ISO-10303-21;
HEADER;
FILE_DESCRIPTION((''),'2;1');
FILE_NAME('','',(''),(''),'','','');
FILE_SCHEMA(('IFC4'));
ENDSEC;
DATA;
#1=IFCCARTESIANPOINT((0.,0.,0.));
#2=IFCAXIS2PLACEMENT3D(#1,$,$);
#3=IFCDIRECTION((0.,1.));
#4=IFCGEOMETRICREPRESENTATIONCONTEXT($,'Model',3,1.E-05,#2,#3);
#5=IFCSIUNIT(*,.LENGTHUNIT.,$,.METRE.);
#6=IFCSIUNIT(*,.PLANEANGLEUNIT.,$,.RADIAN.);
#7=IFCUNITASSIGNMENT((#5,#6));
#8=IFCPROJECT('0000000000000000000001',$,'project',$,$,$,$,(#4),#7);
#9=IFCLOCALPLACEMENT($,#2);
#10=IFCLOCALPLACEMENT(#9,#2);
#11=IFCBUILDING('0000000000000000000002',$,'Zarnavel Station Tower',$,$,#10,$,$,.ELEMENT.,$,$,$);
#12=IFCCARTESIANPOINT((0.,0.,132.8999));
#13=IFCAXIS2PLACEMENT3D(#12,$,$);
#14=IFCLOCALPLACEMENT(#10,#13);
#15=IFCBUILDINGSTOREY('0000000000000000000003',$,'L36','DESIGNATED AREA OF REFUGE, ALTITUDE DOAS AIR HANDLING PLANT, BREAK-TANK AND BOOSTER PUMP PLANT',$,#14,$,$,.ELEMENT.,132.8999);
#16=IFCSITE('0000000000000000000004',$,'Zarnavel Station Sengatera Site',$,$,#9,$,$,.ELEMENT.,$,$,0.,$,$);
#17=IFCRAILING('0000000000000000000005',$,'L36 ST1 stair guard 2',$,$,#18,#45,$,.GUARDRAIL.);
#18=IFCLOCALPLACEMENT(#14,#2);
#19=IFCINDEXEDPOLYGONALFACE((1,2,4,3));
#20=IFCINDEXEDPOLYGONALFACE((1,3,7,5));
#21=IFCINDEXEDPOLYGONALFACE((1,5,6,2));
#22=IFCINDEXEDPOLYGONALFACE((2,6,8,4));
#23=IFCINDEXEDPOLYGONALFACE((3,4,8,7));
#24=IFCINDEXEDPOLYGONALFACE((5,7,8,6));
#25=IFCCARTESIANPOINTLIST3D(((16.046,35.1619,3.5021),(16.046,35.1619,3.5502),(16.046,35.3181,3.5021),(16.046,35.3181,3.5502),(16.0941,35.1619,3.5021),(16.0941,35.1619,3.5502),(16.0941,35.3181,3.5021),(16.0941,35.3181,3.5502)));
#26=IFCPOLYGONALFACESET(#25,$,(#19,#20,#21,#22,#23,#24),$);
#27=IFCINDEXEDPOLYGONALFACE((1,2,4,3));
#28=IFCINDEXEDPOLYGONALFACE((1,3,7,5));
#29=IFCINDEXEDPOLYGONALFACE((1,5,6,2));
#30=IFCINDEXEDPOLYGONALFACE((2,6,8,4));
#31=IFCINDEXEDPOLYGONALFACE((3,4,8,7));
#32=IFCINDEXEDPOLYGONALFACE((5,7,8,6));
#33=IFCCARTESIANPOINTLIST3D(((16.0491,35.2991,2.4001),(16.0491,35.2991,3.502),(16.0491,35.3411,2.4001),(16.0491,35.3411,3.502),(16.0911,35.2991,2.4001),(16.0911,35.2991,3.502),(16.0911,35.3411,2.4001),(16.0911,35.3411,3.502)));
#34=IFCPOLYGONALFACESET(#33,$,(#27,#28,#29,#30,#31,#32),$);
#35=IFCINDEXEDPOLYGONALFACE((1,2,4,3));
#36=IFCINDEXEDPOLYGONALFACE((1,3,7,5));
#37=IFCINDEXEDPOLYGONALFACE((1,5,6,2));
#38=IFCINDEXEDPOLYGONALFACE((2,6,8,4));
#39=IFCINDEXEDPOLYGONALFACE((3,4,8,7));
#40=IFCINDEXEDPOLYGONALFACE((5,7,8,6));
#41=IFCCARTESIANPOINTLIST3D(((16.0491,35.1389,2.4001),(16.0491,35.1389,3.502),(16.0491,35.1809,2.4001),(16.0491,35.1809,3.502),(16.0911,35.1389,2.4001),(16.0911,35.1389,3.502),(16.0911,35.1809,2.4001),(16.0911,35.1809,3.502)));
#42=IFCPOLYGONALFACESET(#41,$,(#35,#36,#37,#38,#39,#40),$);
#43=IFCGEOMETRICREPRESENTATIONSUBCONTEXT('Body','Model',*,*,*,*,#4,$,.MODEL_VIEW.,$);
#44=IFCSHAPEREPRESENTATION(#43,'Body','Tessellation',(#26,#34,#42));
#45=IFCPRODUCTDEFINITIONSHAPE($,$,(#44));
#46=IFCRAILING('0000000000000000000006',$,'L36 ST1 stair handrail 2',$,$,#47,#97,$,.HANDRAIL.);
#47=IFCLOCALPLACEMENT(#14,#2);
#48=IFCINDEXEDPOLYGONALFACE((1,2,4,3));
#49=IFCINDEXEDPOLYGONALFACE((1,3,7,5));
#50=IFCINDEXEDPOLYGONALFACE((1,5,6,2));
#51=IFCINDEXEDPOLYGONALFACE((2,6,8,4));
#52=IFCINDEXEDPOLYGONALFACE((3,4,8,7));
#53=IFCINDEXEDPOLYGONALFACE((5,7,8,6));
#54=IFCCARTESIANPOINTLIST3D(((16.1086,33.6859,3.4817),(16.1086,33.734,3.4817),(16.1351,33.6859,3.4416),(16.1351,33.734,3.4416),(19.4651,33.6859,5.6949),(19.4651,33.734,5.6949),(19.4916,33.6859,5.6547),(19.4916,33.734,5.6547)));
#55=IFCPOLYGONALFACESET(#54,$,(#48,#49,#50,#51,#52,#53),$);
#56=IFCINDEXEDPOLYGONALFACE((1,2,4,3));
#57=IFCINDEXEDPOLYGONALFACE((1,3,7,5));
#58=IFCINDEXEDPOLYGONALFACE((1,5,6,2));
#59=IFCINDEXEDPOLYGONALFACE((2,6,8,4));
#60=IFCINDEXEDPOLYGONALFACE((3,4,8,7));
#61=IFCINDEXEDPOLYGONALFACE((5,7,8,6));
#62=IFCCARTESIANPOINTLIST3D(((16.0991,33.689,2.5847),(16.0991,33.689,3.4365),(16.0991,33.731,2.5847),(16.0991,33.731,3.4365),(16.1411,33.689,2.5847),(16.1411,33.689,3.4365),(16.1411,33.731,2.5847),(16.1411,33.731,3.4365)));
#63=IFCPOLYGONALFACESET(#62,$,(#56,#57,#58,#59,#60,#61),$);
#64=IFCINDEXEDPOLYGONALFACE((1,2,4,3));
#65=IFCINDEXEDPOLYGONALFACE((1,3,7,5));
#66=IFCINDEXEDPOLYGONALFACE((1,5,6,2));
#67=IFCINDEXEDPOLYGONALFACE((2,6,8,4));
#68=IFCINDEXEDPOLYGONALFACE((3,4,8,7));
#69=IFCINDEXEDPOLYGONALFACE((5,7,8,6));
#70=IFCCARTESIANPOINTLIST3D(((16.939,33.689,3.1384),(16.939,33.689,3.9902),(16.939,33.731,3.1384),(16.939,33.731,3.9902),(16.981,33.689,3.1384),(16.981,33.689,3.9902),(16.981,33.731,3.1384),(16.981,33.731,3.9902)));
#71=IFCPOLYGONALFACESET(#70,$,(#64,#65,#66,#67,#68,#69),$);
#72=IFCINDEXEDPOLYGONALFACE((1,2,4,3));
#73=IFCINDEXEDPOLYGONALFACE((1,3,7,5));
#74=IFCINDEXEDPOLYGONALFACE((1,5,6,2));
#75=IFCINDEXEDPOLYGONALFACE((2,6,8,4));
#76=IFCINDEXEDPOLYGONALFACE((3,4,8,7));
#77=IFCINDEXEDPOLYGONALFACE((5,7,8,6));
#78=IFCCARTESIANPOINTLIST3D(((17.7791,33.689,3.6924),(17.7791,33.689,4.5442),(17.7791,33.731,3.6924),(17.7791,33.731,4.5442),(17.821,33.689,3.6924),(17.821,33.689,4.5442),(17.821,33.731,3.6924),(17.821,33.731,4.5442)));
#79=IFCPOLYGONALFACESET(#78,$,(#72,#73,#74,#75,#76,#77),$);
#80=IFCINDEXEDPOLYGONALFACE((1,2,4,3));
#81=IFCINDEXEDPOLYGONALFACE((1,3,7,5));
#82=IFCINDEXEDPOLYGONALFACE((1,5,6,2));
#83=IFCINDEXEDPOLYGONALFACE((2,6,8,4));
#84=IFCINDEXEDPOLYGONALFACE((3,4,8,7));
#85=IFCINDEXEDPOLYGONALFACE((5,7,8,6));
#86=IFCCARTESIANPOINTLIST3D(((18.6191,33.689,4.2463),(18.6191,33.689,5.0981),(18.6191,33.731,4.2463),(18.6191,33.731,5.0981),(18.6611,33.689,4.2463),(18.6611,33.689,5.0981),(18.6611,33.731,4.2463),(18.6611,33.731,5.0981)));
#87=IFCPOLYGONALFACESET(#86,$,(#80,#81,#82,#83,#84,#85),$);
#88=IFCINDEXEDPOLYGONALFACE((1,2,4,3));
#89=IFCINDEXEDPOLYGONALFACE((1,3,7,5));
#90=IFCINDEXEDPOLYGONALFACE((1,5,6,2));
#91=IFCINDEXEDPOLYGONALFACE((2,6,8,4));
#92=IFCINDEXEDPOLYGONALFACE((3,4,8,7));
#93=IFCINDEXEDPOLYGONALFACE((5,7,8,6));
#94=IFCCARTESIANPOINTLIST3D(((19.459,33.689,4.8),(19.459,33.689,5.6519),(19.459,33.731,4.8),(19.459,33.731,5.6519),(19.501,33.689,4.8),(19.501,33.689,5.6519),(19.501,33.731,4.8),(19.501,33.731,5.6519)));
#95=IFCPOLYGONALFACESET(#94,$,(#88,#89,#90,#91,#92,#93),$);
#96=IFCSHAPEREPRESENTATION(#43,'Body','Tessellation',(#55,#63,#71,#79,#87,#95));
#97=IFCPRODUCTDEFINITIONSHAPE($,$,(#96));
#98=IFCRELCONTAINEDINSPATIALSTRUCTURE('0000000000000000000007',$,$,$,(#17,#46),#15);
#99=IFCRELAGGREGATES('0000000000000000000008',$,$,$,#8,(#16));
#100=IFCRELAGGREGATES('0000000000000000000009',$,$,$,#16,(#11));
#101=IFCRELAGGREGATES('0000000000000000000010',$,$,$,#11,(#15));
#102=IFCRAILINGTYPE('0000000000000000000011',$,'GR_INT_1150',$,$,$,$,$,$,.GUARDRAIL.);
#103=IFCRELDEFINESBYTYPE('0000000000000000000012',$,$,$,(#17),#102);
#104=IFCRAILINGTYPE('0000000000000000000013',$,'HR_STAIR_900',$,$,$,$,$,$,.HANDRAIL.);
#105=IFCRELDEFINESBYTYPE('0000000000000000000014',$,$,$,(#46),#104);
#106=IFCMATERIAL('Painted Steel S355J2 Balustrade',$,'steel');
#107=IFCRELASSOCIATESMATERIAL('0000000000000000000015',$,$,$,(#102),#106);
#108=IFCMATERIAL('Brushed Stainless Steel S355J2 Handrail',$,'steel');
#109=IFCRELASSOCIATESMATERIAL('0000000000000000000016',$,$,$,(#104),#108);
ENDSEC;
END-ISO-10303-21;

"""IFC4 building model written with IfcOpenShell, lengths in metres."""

from ifc_helpers import new_model, si_unit, direction, frame, origin, origin_2d, place, context, subcontext, project, spatial, rectangle, extrude, material, type_object, element, save


model = new_model("IFC4")

# Units and contexts
model_context = context("Model", 3, precision=1e-05, world=origin(), true_north=direction((0.0, 1.0)))
body_context = subcontext(model_context, "Body", "Model", "MODEL_VIEW")
ifc_project = project(units=[si_unit("LENGTHUNIT", "METRE"), si_unit("PLANEANGLEUNIT", "RADIAN")], contexts=[model_context])

# Site, building, storey
site_placement = place(None, origin())
site = spatial("IfcSite", under=ifc_project, at=site_placement, Name="Zarnavel Station Sengatera Site", CompositionType="ELEMENT", RefElevation=0.0)
building_placement = place(site_placement, origin())
building = spatial("IfcBuilding", under=site, at=building_placement, Name="Zarnavel Station Tower", CompositionType="ELEMENT")
storey_placement = place(building_placement, frame((0.0, 0.0, 132.8999)))
storey = spatial("IfcBuildingStorey", under=building, at=storey_placement, Name="L36", Description="DESIGNATED AREA OF REFUGE, ALTITUDE DOAS AIR HANDLING PLANT, BREAK-TANK AND BOOSTER PUMP PLANT", CompositionType="ELEMENT", Elevation=132.8999)

# Railings
ifc_material_1 = material(Name="Painted Steel S355J2 Balustrade", Category="steel")
railing_type_1 = type_object("IfcRailingType", Name="GR_INT_1150", PredefinedType="GUARDRAIL", material=ifc_material_1)
railing_1_placement = place(storey_placement, frame((16.0701, 35.3201, 2.4001)))
element("IfcRailing", 1, at=railing_1_placement, inside=storey, type_object=railing_type_1, Name="L36 ST1 stair guard 2", PredefinedType="GUARDRAIL", context=body_context, shape_type="SweptSolid", body=[
    extrude(rectangle(XDim=0.0481, YDim=0.0481, at=origin_2d()), frame((0.0, -0.002, 1.126), z_axis=(0.0, -1.0, 0.0), x_axis=(1.0, 0.0, 0.0)), (0.0, 0.0, 1.0), 0.1562),
    extrude(rectangle(XDim=0.042, YDim=0.042, at=origin_2d()), origin(), (0.0, 0.0, 1.0), 1.1018),
    extrude(rectangle(XDim=0.042, YDim=0.042, at=origin_2d()), frame((0.0, -0.1602, 0.0)), (0.0, 0.0, 1.0), 1.1018),
])
ifc_material_2 = material(Name="Brushed Stainless Steel S355J2 Handrail", Category="steel")
railing_type_2 = type_object("IfcRailingType", Name="HR_STAIR_900", PredefinedType="HANDRAIL", material=ifc_material_2)
railing_2_placement = place(storey_placement, frame((16.1201, 33.71, 2.5847)))
element("IfcRailing", 2, at=railing_2_placement, inside=storey, type_object=railing_type_2, Name="L36 ST1 stair handrail 2", PredefinedType="HANDRAIL", context=body_context, shape_type="SweptSolid", body=[
    extrude(rectangle(XDim=0.0481, YDim=0.0481, at=origin_2d()), frame((0.0017, 0.0, 0.877), z_axis=(0.834858, 0.0, 0.550465), x_axis=(0.0, 1.0, 0.0)), (0.0, 0.0, 1.0), 4.0205),
    extrude(rectangle(XDim=0.042, YDim=0.042, at=origin_2d()), origin(), (0.0, 0.0, 1.0), 0.8518),
    extrude(rectangle(XDim=0.042, YDim=0.042, at=origin_2d()), frame((0.8398, 0.0, 0.5537)), (0.0, 0.0, 1.0), 0.8518),
    extrude(rectangle(XDim=0.042, YDim=0.042, at=origin_2d()), frame((1.6799, 0.0, 1.1077)), (0.0, 0.0, 1.0), 0.8518),
    extrude(rectangle(XDim=0.042, YDim=0.042, at=origin_2d()), frame((2.52, 0.0, 1.6616)), (0.0, 0.0, 1.0), 0.8518),
    extrude(rectangle(XDim=0.042, YDim=0.042, at=origin_2d()), frame((3.3599, 0.0, 2.2153)), (0.0, 0.0, 1.0), 0.8518),
])

save(model, "model.ifc")
